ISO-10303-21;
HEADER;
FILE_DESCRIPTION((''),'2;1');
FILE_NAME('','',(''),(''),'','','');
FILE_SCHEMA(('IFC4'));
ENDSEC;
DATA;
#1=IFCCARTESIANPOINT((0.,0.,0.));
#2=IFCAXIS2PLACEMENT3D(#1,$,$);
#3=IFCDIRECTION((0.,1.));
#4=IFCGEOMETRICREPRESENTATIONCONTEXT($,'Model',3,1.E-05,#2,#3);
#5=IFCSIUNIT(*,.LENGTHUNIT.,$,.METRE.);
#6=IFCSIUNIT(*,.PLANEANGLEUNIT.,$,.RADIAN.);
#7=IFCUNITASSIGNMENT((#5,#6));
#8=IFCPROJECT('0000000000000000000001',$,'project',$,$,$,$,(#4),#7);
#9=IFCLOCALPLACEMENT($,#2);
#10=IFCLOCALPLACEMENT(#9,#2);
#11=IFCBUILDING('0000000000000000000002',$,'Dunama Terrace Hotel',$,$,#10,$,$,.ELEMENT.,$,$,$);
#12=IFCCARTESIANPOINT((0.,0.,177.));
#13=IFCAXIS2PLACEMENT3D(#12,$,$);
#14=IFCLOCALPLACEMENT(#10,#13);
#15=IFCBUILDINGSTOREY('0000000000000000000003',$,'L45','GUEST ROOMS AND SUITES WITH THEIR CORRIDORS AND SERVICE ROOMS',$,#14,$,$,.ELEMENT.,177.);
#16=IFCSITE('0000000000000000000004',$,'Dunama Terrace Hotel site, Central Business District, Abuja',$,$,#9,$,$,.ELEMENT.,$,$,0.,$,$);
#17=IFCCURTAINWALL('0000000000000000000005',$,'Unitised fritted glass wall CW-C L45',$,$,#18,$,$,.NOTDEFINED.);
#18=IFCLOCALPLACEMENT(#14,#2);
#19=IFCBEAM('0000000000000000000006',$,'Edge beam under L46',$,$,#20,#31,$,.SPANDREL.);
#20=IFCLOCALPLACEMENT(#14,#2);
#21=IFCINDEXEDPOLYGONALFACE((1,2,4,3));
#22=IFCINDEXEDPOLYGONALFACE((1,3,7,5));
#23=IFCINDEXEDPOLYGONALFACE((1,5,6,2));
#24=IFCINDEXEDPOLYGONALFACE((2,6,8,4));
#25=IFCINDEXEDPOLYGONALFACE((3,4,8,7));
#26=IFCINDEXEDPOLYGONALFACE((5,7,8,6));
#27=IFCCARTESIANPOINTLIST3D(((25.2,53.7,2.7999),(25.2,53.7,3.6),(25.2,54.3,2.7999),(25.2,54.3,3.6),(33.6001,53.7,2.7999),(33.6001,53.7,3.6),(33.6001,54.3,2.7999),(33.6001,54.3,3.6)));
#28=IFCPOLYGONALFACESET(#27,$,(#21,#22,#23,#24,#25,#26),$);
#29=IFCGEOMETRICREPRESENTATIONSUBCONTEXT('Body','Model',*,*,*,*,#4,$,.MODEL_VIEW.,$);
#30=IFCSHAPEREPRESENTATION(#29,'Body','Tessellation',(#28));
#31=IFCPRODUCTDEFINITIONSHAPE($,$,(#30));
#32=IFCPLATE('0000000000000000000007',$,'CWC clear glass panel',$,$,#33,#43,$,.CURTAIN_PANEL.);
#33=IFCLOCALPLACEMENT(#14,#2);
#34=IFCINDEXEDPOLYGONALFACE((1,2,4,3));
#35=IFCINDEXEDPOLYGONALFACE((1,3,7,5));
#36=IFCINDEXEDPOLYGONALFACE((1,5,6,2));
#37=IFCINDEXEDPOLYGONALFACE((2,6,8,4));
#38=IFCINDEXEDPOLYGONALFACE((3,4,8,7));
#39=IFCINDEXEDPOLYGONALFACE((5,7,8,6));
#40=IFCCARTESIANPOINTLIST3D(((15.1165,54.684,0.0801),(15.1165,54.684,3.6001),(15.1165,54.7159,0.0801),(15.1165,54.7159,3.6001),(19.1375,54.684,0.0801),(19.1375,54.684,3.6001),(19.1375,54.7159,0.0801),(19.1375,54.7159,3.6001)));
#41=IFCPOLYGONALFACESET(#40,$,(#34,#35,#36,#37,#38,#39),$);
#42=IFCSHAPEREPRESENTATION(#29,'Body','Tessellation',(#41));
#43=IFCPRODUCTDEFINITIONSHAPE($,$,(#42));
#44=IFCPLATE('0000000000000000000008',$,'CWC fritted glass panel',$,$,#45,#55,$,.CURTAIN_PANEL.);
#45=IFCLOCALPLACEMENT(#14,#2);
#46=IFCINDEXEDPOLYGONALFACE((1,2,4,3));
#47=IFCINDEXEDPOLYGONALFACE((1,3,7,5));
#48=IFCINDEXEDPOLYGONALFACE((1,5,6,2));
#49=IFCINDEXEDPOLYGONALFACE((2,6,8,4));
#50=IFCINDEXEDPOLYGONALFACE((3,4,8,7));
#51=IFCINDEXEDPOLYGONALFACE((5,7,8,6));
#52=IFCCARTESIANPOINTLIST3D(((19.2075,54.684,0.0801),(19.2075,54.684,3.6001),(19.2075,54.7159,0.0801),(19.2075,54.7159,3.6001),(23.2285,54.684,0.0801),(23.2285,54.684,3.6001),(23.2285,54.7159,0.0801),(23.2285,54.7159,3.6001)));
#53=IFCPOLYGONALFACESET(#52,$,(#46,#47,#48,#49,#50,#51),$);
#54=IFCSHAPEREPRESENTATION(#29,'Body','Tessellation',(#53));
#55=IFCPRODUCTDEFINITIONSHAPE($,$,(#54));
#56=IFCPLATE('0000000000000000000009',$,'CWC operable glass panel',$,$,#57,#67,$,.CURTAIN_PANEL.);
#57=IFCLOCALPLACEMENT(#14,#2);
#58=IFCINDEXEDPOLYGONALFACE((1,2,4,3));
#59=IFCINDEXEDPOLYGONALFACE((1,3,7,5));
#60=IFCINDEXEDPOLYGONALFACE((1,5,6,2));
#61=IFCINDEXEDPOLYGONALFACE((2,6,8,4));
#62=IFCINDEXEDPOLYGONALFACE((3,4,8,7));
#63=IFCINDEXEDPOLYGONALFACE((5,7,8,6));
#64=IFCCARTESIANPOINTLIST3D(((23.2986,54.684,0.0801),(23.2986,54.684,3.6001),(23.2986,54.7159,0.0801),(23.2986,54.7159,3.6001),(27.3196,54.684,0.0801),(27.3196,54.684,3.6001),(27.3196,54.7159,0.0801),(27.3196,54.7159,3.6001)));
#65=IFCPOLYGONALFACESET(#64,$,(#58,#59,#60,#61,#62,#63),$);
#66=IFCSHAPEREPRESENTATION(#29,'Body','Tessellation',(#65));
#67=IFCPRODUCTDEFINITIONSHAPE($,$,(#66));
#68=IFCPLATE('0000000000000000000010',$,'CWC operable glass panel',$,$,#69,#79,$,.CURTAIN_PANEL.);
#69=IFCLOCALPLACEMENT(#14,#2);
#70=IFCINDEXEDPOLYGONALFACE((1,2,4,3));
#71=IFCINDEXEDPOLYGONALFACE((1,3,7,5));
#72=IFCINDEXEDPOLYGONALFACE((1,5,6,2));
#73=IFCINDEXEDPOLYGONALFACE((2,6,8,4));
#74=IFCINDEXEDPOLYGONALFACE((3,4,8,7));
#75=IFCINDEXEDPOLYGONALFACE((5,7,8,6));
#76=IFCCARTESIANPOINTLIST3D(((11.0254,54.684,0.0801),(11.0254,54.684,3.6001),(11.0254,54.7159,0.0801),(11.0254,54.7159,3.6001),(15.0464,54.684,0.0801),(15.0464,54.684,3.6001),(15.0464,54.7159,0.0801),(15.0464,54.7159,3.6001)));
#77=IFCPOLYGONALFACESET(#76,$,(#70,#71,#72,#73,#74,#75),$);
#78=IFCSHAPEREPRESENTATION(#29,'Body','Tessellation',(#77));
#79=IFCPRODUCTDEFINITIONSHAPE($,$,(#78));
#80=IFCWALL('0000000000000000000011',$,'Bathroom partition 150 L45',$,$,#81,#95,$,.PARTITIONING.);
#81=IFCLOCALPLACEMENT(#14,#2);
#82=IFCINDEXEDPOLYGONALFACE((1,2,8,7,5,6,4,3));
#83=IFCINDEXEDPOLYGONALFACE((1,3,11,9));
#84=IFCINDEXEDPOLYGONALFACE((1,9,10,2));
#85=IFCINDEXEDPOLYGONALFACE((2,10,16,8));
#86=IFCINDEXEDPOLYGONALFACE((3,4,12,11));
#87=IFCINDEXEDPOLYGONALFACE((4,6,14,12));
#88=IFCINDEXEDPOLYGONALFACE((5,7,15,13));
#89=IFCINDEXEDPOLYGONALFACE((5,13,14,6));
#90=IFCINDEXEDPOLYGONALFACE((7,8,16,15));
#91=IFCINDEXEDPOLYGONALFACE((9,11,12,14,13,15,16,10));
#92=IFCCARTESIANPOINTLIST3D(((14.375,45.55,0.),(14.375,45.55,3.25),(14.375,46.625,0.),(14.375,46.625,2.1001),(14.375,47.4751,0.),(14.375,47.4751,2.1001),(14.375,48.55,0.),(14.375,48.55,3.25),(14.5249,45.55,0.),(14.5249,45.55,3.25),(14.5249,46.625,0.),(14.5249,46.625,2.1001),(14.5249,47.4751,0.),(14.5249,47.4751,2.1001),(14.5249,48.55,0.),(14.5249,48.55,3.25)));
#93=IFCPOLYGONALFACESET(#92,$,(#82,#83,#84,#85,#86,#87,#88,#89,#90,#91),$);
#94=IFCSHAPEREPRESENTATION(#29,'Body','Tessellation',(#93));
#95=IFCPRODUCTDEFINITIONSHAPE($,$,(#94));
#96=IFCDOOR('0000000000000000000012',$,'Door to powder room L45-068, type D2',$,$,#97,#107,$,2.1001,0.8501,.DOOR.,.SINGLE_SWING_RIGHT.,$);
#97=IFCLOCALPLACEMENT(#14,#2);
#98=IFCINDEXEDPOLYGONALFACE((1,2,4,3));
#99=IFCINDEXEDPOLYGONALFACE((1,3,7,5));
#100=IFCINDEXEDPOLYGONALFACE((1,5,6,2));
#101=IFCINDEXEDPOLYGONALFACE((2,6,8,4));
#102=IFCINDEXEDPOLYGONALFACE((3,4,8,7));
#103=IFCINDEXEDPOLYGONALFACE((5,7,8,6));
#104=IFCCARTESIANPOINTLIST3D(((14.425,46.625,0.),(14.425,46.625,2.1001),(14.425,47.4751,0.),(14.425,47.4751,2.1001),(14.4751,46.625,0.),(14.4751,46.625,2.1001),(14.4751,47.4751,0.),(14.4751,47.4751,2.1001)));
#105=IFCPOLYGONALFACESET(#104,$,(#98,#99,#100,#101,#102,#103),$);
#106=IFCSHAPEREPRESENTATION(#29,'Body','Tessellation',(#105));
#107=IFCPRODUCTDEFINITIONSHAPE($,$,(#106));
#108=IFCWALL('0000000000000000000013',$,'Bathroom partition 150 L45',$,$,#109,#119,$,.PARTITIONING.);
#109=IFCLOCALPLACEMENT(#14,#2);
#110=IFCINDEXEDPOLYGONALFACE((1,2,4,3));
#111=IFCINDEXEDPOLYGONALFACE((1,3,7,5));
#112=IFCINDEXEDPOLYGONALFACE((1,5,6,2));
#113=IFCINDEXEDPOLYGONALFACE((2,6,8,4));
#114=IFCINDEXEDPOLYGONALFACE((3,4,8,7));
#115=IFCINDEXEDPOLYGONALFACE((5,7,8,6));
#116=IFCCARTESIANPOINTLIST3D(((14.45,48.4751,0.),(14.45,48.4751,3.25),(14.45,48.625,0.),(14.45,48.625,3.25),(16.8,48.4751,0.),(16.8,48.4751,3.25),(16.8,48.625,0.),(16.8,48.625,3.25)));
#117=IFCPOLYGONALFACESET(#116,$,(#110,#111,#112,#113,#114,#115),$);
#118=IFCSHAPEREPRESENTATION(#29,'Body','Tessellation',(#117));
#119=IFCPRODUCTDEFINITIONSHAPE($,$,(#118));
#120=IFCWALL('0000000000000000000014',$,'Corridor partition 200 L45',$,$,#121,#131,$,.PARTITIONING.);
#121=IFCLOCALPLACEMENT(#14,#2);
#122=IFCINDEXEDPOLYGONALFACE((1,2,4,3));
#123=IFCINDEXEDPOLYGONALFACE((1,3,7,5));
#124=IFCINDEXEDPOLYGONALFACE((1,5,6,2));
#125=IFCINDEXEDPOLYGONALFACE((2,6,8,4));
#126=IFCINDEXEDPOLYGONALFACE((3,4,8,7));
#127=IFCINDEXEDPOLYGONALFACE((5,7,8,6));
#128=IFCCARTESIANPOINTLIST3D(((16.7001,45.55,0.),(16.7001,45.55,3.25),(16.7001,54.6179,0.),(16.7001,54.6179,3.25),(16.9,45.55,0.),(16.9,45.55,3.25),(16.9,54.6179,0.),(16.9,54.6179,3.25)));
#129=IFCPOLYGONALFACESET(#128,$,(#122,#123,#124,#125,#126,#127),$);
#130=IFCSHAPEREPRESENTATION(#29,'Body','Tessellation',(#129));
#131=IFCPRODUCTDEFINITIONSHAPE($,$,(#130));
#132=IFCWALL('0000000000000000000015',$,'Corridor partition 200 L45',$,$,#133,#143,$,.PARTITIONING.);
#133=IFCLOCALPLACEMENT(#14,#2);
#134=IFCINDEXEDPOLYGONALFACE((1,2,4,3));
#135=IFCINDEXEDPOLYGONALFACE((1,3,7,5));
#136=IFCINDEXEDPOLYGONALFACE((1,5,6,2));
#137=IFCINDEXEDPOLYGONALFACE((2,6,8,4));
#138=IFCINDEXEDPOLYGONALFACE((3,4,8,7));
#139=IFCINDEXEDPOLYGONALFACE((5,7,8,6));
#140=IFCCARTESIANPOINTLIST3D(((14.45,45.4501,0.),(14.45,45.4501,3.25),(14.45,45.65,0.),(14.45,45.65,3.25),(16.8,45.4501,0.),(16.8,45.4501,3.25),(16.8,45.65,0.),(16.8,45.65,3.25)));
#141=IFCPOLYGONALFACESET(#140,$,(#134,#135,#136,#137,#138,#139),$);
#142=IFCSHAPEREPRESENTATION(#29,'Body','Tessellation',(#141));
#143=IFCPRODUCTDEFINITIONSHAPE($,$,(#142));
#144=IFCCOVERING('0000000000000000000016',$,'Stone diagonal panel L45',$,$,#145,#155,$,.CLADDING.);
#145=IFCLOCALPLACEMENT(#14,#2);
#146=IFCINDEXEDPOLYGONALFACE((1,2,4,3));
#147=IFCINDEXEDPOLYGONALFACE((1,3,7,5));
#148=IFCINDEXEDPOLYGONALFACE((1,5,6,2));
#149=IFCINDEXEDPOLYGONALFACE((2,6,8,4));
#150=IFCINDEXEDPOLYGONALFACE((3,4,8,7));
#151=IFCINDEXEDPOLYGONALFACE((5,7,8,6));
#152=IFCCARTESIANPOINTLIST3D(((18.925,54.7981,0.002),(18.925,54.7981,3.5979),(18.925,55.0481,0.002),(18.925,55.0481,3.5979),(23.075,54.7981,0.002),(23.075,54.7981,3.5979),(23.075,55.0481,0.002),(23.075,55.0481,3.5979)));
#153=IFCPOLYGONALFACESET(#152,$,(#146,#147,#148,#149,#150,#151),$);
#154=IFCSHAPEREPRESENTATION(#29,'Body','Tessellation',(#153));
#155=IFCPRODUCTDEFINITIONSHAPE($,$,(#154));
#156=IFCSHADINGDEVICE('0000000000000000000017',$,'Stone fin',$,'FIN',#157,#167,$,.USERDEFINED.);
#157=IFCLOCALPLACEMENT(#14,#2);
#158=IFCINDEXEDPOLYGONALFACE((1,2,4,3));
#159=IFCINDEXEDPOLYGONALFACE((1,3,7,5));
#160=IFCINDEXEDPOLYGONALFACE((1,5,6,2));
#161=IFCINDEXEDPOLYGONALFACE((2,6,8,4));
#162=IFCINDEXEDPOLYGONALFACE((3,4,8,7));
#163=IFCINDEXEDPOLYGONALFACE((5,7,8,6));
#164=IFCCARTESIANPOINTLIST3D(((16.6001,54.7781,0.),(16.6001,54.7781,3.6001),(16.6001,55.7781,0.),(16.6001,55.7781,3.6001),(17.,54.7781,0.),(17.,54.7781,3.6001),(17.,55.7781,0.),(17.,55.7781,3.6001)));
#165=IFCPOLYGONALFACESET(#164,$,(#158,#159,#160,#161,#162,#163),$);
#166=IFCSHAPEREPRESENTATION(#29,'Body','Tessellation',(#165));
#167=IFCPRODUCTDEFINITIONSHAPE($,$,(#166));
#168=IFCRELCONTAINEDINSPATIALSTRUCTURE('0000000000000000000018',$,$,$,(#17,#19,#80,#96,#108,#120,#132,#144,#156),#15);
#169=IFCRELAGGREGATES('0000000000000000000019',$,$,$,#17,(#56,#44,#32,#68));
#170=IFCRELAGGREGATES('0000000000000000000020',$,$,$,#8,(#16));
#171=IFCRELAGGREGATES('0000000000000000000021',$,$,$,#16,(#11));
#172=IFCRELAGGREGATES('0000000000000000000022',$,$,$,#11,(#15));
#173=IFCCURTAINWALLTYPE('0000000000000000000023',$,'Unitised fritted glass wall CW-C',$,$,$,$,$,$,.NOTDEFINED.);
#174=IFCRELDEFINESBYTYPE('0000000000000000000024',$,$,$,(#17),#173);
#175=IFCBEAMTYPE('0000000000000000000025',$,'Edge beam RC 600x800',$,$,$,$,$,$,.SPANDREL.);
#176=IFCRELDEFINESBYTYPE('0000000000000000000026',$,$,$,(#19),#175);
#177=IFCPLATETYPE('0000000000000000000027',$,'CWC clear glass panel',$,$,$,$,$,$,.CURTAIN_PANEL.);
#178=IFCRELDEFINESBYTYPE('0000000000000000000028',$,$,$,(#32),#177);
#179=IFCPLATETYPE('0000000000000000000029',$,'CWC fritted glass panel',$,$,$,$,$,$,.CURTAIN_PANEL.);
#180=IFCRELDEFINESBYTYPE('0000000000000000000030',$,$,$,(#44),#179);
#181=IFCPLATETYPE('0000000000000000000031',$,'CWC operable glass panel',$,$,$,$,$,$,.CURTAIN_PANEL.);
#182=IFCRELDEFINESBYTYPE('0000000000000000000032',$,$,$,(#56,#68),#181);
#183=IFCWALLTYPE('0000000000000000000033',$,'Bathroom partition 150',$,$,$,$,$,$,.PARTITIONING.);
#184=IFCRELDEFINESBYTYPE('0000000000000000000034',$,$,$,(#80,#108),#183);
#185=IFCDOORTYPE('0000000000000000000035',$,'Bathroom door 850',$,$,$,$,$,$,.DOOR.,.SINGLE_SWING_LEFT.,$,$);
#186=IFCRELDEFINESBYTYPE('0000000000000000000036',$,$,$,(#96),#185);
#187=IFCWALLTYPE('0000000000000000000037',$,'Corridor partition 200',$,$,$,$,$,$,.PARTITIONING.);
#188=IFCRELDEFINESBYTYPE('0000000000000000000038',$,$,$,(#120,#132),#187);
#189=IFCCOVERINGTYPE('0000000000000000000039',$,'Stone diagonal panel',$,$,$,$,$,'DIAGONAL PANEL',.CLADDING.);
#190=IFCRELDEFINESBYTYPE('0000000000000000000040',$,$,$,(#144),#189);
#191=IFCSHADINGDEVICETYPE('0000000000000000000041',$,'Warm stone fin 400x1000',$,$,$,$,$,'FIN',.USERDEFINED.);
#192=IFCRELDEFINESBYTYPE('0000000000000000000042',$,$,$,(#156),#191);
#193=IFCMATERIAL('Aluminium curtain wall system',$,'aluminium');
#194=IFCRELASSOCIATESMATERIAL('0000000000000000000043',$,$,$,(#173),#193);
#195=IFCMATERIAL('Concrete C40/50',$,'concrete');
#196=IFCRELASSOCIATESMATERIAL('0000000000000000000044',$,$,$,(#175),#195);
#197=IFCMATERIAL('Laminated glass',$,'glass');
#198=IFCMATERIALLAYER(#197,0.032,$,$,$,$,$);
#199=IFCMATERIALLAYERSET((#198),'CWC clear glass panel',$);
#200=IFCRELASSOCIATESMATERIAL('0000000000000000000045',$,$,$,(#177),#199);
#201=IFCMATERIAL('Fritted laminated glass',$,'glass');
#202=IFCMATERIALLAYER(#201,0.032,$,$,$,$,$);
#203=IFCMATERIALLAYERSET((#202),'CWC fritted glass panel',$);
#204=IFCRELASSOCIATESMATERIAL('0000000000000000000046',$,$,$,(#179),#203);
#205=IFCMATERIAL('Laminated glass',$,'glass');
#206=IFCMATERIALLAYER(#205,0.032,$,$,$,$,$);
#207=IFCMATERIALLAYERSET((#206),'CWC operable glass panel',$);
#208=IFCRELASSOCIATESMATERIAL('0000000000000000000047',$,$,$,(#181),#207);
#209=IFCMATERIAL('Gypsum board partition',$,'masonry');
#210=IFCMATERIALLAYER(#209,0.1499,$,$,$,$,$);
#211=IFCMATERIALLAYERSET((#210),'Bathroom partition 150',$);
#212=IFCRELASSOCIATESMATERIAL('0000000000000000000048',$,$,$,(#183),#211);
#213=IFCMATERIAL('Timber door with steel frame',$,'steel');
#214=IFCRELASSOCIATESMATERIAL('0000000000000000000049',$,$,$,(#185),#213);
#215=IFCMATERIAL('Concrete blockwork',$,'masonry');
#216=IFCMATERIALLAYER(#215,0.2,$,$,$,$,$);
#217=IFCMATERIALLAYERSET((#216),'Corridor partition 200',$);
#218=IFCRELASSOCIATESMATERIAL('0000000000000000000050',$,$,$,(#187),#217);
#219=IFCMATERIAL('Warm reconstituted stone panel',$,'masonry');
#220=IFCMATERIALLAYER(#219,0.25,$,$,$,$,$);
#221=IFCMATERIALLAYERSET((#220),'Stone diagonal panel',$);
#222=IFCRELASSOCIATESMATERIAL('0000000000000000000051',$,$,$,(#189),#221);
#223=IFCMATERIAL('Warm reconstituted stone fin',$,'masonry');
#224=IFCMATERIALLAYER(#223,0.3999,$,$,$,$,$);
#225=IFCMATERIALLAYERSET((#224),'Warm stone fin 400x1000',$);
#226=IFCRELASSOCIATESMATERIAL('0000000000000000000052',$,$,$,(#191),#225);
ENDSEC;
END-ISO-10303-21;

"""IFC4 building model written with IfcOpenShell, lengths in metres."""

from ifc_helpers import new_model, si_unit, direction, frame, frame_2d, origin, origin_2d, place, context, subcontext, project, spatial, rectangle, extrude, material, layer, layer_set, material_profile, profile_set, type_object, element, fill, aggregate, save


model = new_model("IFC4")

# Units and contexts
model_context = context("Model", 3, precision=1e-05, world=origin(), true_north=direction((0.0, 1.0)))
body_context = subcontext(model_context, "Body", "Model", "MODEL_VIEW")
ifc_project = project(units=[si_unit("LENGTHUNIT", "METRE"), si_unit("PLANEANGLEUNIT", "RADIAN")], contexts=[model_context])

# Site, building, storey
site_placement = place(None, origin())
site = spatial("IfcSite", under=ifc_project, at=site_placement, Name="Dunama Terrace Hotel site, Central Business District, Abuja", CompositionType="ELEMENT", RefElevation=0.0)
building_placement = place(site_placement, origin())
building = spatial("IfcBuilding", under=site, at=building_placement, Name="Dunama Terrace Hotel", CompositionType="ELEMENT")
storey_placement = place(building_placement, frame((0.0, 0.0, 177.0)))
storey = spatial("IfcBuildingStorey", under=building, at=storey_placement, Name="L45", Description="GUEST ROOMS AND SUITES WITH THEIR CORRIDORS AND SERVICE ROOMS", CompositionType="ELEMENT", Elevation=177.0)

# Curtain wall
ifc_material_1 = material(Name="Aluminium curtain wall system", Category="aluminium")
curtain_wall_type = type_object("IfcCurtainWallType", Name="Unitised fritted glass wall CW-C", PredefinedType="NOTDEFINED", material=ifc_material_1)
curtain_wall_placement = place(storey_placement, origin())
curtain_wall = element("IfcCurtainWall", 1, at=curtain_wall_placement, inside=storey, type_object=curtain_wall_type, Name="Unitised fritted glass wall CW-C L45", PredefinedType="NOTDEFINED")

# Beam
ifc_material_2 = material(Name="Concrete C40/50", Category="concrete")
ifc_material_profile_1 = material_profile(ifc_material_2, rectangle(XDim=0.6001, YDim=0.8, at=origin_2d()), Name="RC 600x800")
ifc_profile_set_1 = profile_set([ifc_material_profile_1], Name="Concrete C40/50")
beam_type = type_object("IfcBeamType", Name="Edge beam RC 600x800", PredefinedType="SPANDREL", material=ifc_profile_set_1)
beam_1_placement = place(storey_placement, frame((25.2, 54.0, 3.2), z_axis=(1.0, 0.0, 0.0), x_axis=(0.0, 1.0, 0.0)))
element("IfcBeam", 2, at=beam_1_placement, inside=storey, type_object=beam_type, Name="Edge beam under L46", PredefinedType="SPANDREL", context=body_context, shape_type="SweptSolid", body=[
    extrude(rectangle(XDim=0.6001, YDim=0.8, at=origin_2d()), origin(), (0.0, 0.0, 1.0), 8.4001),
])

# Plates
ifc_material_3 = material(Name="Laminated glass", Category="glass")
ifc_layer_1 = layer(ifc_material_3, 0.032)
ifc_layer_set_1 = layer_set([ifc_layer_1], Name="CWC clear glass panel")
plate_type_1 = type_object("IfcPlateType", Name="CWC clear glass panel", PredefinedType="CURTAIN_PANEL", material=ifc_layer_set_1)
plate_1_placement = place(storey_placement, frame((17.127, 54.7, 0.0801), z_axis=(0.0, 0.0, 1.0), x_axis=(-1.0, 0.0, 0.0)))
plate_1 = element("IfcPlate", 3, at=plate_1_placement, type_object=plate_type_1, Name="CWC clear glass panel", PredefinedType="CURTAIN_PANEL", context=body_context, shape_type="SweptSolid", body=[
    extrude(rectangle(XDim=4.021, YDim=0.032, at=origin_2d()), origin(), (0.0, 0.0, 1.0), 3.52),
])
ifc_material_4 = material(Name="Fritted laminated glass", Category="glass")
ifc_layer_2 = layer(ifc_material_4, 0.032)
ifc_layer_set_2 = layer_set([ifc_layer_2], Name="CWC fritted glass panel")
plate_type_2 = type_object("IfcPlateType", Name="CWC fritted glass panel", PredefinedType="CURTAIN_PANEL", material=ifc_layer_set_2)
plate_2_placement = place(storey_placement, frame((21.218, 54.7, 0.0801), z_axis=(0.0, 0.0, 1.0), x_axis=(-1.0, 0.0, 0.0)))
plate_2 = element("IfcPlate", 4, at=plate_2_placement, type_object=plate_type_2, Name="CWC fritted glass panel", PredefinedType="CURTAIN_PANEL", context=body_context, shape_type="SweptSolid", body=[
    extrude(rectangle(XDim=4.021, YDim=0.032, at=origin_2d()), origin(), (0.0, 0.0, 1.0), 3.52),
])
ifc_material_5 = material(Name="Laminated glass", Category="glass")
ifc_layer_3 = layer(ifc_material_5, 0.032)
ifc_layer_set_3 = layer_set([ifc_layer_3], Name="CWC operable glass panel")
plate_type_3 = type_object("IfcPlateType", Name="CWC operable glass panel", PredefinedType="CURTAIN_PANEL", material=ifc_layer_set_3)
plate_3_placement = place(storey_placement, frame((25.3091, 54.7, 0.0801), z_axis=(0.0, 0.0, 1.0), x_axis=(-1.0, 0.0, 0.0)))
plate_3 = element("IfcPlate", 5, at=plate_3_placement, type_object=plate_type_3, Name="CWC operable glass panel", PredefinedType="CURTAIN_PANEL", context=body_context, shape_type="SweptSolid", body=[
    extrude(rectangle(XDim=4.021, YDim=0.032, at=origin_2d()), origin(), (0.0, 0.0, 1.0), 3.52),
])
plate_4_placement = place(storey_placement, frame((13.0359, 54.7, 0.0801), z_axis=(0.0, 0.0, 1.0), x_axis=(-1.0, 0.0, 0.0)))
plate_4 = element("IfcPlate", 6, at=plate_4_placement, type_object=plate_type_3, Name="CWC operable glass panel", PredefinedType="CURTAIN_PANEL", context=body_context, shape_type="SweptSolid", body=[
    extrude(rectangle(XDim=4.021, YDim=0.032, at=origin_2d()), origin(), (0.0, 0.0, 1.0), 3.52),
])
aggregate(curtain_wall, [plate_3, plate_2, plate_1, plate_4])

# Wall, opening, door
ifc_material_6 = material(Name="Gypsum board partition", Category="masonry")
ifc_layer_4 = layer(ifc_material_6, 0.1499)
ifc_layer_set_4 = layer_set([ifc_layer_4], Name="Bathroom partition 150")
wall_type_1 = type_object("IfcWallType", Name="Bathroom partition 150", PredefinedType="PARTITIONING", material=ifc_layer_set_4)
wall_1_placement = place(storey_placement, frame((14.45, 45.55, 0.0), z_axis=(0.0, 0.0, 1.0), x_axis=(0.0, 1.0, 0.0)))
wall_1 = element("IfcWall", 7, at=wall_1_placement, inside=storey, type_object=wall_type_1, Name="Bathroom partition 150 L45", PredefinedType="PARTITIONING", context=body_context, shape_type="SweptSolid", body=[
    extrude(rectangle(XDim=3.0, YDim=0.1499, at=frame_2d((1.5, 0.0))), origin(), (0.0, 0.0, 1.0), 3.25),
])
opening_placement = place(wall_1_placement, frame((1.075, 0.0, 0.0)))
opening = element("IfcOpeningElement", 8, at=opening_placement, cuts=wall_1, PredefinedType="OPENING", context=body_context, shape_type="SweptSolid", body=[
    extrude(rectangle(XDim=0.8501, YDim=2.1001, at=frame_2d((0.425, 1.05))), frame((0.0, 0.085, 0.0), z_axis=(0.0, -1.0, 0.0), x_axis=(1.0, 0.0, 0.0)), (0.0, 0.0, 1.0), 0.1699),
])
ifc_material_7 = material(Name="Timber door with steel frame", Category="steel")
door_type = type_object("IfcDoorType", Name="Bathroom door 850", OperationType="SINGLE_SWING_LEFT", PredefinedType="DOOR", material=ifc_material_7)
door_placement = place(opening_placement, frame((0.8501, 0.0, 0.0), z_axis=(0.0, 0.0, 1.0), x_axis=(-1.0, 0.0, 0.0)))
door = element("IfcDoor", 9, at=door_placement, inside=storey, type_object=door_type, Name="Door to powder room L45-068, type D2", OperationType="SINGLE_SWING_RIGHT", OverallHeight=2.1001, OverallWidth=0.8501, PredefinedType="DOOR", context=body_context, shape_type="SweptSolid", body=[
    extrude(rectangle(XDim=0.8501, YDim=2.1001, at=frame_2d((0.425, 1.05))), frame((0.0, 0.0251, 0.0), z_axis=(0.0, -1.0, 0.0), x_axis=(1.0, 0.0, 0.0)), (0.0, 0.0, 1.0), 0.05),
])
fill(opening, door)

# Walls
wall_2_placement = place(storey_placement, frame((14.45, 48.55, 0.0), z_axis=(0.0, 0.0, 1.0), x_axis=(1.0, 0.0, 0.0)))
element("IfcWall", 10, at=wall_2_placement, inside=storey, type_object=wall_type_1, Name="Bathroom partition 150 L45", PredefinedType="PARTITIONING", context=body_context, shape_type="SweptSolid", body=[
    extrude(rectangle(XDim=2.3501, YDim=0.1499, at=frame_2d((1.175, 0.0))), origin(), (0.0, 0.0, 1.0), 3.25),
])
ifc_material_8 = material(Name="Concrete blockwork", Category="masonry")
ifc_layer_5 = layer(ifc_material_8, 0.2)
ifc_layer_set_5 = layer_set([ifc_layer_5], Name="Corridor partition 200")
wall_type_2 = type_object("IfcWallType", Name="Corridor partition 200", PredefinedType="PARTITIONING", material=ifc_layer_set_5)
wall_3_placement = place(storey_placement, frame((16.8, 45.55, 0.0), z_axis=(0.0, 0.0, 1.0), x_axis=(0.0, 1.0, 0.0)))
element("IfcWall", 11, at=wall_3_placement, inside=storey, type_object=wall_type_2, Name="Corridor partition 200 L45", PredefinedType="PARTITIONING", context=body_context, shape_type="SweptSolid", body=[
    extrude(rectangle(XDim=9.0679, YDim=0.2, at=frame_2d((4.5339, 0.0))), origin(), (0.0, 0.0, 1.0), 3.25),
])
wall_4_placement = place(storey_placement, frame((14.45, 45.55, 0.0), z_axis=(0.0, 0.0, 1.0), x_axis=(1.0, 0.0, 0.0)))
element("IfcWall", 12, at=wall_4_placement, inside=storey, type_object=wall_type_2, Name="Corridor partition 200 L45", PredefinedType="PARTITIONING", context=body_context, shape_type="SweptSolid", body=[
    extrude(rectangle(XDim=2.3501, YDim=0.2, at=frame_2d((1.175, 0.0))), origin(), (0.0, 0.0, 1.0), 3.25),
])

# Covering
ifc_material_9 = material(Name="Warm reconstituted stone panel", Category="masonry")
ifc_layer_6 = layer(ifc_material_9, 0.25)
ifc_layer_set_6 = layer_set([ifc_layer_6], Name="Stone diagonal panel")
covering_type = type_object("IfcCoveringType", Name="Stone diagonal panel", ElementType="DIAGONAL PANEL", PredefinedType="CLADDING", material=ifc_layer_set_6)
covering_placement = place(storey_placement, frame((21.0, 54.9231, 0.002), z_axis=(0.0, 0.0, 1.0), x_axis=(-1.0, 0.0, 0.0)))
element("IfcCovering", 13, at=covering_placement, inside=storey, type_object=covering_type, Name="Stone diagonal panel L45", PredefinedType="CLADDING", context=body_context, shape_type="SweptSolid", body=[
    extrude(rectangle(XDim=4.1499, YDim=0.25, at=origin_2d()), origin(), (0.0, 0.0, 1.0), 3.5959),
])

# Shading device
ifc_material_10 = material(Name="Warm reconstituted stone fin", Category="masonry")
ifc_layer_7 = layer(ifc_material_10, 0.3999)
ifc_layer_set_7 = layer_set([ifc_layer_7], Name="Warm stone fin 400x1000")
shading_device_type = type_object("IfcShadingDeviceType", Name="Warm stone fin 400x1000", ElementType="FIN", PredefinedType="USERDEFINED", material=ifc_layer_set_7)
shading_device_placement = place(storey_placement, frame((16.8, 55.2781, 0.0), z_axis=(0.0, 0.0, 1.0), x_axis=(-1.0, 0.0, 0.0)))
element("IfcShadingDevice", 14, at=shading_device_placement, inside=storey, type_object=shading_device_type, Name="Stone fin", ObjectType="FIN", PredefinedType="USERDEFINED", context=body_context, shape_type="SweptSolid", body=[
    extrude(rectangle(XDim=0.3999, YDim=1.0, at=origin_2d()), origin(), (0.0, 0.0, 1.0), 3.6001),
])

save(model, "model.ifc")
